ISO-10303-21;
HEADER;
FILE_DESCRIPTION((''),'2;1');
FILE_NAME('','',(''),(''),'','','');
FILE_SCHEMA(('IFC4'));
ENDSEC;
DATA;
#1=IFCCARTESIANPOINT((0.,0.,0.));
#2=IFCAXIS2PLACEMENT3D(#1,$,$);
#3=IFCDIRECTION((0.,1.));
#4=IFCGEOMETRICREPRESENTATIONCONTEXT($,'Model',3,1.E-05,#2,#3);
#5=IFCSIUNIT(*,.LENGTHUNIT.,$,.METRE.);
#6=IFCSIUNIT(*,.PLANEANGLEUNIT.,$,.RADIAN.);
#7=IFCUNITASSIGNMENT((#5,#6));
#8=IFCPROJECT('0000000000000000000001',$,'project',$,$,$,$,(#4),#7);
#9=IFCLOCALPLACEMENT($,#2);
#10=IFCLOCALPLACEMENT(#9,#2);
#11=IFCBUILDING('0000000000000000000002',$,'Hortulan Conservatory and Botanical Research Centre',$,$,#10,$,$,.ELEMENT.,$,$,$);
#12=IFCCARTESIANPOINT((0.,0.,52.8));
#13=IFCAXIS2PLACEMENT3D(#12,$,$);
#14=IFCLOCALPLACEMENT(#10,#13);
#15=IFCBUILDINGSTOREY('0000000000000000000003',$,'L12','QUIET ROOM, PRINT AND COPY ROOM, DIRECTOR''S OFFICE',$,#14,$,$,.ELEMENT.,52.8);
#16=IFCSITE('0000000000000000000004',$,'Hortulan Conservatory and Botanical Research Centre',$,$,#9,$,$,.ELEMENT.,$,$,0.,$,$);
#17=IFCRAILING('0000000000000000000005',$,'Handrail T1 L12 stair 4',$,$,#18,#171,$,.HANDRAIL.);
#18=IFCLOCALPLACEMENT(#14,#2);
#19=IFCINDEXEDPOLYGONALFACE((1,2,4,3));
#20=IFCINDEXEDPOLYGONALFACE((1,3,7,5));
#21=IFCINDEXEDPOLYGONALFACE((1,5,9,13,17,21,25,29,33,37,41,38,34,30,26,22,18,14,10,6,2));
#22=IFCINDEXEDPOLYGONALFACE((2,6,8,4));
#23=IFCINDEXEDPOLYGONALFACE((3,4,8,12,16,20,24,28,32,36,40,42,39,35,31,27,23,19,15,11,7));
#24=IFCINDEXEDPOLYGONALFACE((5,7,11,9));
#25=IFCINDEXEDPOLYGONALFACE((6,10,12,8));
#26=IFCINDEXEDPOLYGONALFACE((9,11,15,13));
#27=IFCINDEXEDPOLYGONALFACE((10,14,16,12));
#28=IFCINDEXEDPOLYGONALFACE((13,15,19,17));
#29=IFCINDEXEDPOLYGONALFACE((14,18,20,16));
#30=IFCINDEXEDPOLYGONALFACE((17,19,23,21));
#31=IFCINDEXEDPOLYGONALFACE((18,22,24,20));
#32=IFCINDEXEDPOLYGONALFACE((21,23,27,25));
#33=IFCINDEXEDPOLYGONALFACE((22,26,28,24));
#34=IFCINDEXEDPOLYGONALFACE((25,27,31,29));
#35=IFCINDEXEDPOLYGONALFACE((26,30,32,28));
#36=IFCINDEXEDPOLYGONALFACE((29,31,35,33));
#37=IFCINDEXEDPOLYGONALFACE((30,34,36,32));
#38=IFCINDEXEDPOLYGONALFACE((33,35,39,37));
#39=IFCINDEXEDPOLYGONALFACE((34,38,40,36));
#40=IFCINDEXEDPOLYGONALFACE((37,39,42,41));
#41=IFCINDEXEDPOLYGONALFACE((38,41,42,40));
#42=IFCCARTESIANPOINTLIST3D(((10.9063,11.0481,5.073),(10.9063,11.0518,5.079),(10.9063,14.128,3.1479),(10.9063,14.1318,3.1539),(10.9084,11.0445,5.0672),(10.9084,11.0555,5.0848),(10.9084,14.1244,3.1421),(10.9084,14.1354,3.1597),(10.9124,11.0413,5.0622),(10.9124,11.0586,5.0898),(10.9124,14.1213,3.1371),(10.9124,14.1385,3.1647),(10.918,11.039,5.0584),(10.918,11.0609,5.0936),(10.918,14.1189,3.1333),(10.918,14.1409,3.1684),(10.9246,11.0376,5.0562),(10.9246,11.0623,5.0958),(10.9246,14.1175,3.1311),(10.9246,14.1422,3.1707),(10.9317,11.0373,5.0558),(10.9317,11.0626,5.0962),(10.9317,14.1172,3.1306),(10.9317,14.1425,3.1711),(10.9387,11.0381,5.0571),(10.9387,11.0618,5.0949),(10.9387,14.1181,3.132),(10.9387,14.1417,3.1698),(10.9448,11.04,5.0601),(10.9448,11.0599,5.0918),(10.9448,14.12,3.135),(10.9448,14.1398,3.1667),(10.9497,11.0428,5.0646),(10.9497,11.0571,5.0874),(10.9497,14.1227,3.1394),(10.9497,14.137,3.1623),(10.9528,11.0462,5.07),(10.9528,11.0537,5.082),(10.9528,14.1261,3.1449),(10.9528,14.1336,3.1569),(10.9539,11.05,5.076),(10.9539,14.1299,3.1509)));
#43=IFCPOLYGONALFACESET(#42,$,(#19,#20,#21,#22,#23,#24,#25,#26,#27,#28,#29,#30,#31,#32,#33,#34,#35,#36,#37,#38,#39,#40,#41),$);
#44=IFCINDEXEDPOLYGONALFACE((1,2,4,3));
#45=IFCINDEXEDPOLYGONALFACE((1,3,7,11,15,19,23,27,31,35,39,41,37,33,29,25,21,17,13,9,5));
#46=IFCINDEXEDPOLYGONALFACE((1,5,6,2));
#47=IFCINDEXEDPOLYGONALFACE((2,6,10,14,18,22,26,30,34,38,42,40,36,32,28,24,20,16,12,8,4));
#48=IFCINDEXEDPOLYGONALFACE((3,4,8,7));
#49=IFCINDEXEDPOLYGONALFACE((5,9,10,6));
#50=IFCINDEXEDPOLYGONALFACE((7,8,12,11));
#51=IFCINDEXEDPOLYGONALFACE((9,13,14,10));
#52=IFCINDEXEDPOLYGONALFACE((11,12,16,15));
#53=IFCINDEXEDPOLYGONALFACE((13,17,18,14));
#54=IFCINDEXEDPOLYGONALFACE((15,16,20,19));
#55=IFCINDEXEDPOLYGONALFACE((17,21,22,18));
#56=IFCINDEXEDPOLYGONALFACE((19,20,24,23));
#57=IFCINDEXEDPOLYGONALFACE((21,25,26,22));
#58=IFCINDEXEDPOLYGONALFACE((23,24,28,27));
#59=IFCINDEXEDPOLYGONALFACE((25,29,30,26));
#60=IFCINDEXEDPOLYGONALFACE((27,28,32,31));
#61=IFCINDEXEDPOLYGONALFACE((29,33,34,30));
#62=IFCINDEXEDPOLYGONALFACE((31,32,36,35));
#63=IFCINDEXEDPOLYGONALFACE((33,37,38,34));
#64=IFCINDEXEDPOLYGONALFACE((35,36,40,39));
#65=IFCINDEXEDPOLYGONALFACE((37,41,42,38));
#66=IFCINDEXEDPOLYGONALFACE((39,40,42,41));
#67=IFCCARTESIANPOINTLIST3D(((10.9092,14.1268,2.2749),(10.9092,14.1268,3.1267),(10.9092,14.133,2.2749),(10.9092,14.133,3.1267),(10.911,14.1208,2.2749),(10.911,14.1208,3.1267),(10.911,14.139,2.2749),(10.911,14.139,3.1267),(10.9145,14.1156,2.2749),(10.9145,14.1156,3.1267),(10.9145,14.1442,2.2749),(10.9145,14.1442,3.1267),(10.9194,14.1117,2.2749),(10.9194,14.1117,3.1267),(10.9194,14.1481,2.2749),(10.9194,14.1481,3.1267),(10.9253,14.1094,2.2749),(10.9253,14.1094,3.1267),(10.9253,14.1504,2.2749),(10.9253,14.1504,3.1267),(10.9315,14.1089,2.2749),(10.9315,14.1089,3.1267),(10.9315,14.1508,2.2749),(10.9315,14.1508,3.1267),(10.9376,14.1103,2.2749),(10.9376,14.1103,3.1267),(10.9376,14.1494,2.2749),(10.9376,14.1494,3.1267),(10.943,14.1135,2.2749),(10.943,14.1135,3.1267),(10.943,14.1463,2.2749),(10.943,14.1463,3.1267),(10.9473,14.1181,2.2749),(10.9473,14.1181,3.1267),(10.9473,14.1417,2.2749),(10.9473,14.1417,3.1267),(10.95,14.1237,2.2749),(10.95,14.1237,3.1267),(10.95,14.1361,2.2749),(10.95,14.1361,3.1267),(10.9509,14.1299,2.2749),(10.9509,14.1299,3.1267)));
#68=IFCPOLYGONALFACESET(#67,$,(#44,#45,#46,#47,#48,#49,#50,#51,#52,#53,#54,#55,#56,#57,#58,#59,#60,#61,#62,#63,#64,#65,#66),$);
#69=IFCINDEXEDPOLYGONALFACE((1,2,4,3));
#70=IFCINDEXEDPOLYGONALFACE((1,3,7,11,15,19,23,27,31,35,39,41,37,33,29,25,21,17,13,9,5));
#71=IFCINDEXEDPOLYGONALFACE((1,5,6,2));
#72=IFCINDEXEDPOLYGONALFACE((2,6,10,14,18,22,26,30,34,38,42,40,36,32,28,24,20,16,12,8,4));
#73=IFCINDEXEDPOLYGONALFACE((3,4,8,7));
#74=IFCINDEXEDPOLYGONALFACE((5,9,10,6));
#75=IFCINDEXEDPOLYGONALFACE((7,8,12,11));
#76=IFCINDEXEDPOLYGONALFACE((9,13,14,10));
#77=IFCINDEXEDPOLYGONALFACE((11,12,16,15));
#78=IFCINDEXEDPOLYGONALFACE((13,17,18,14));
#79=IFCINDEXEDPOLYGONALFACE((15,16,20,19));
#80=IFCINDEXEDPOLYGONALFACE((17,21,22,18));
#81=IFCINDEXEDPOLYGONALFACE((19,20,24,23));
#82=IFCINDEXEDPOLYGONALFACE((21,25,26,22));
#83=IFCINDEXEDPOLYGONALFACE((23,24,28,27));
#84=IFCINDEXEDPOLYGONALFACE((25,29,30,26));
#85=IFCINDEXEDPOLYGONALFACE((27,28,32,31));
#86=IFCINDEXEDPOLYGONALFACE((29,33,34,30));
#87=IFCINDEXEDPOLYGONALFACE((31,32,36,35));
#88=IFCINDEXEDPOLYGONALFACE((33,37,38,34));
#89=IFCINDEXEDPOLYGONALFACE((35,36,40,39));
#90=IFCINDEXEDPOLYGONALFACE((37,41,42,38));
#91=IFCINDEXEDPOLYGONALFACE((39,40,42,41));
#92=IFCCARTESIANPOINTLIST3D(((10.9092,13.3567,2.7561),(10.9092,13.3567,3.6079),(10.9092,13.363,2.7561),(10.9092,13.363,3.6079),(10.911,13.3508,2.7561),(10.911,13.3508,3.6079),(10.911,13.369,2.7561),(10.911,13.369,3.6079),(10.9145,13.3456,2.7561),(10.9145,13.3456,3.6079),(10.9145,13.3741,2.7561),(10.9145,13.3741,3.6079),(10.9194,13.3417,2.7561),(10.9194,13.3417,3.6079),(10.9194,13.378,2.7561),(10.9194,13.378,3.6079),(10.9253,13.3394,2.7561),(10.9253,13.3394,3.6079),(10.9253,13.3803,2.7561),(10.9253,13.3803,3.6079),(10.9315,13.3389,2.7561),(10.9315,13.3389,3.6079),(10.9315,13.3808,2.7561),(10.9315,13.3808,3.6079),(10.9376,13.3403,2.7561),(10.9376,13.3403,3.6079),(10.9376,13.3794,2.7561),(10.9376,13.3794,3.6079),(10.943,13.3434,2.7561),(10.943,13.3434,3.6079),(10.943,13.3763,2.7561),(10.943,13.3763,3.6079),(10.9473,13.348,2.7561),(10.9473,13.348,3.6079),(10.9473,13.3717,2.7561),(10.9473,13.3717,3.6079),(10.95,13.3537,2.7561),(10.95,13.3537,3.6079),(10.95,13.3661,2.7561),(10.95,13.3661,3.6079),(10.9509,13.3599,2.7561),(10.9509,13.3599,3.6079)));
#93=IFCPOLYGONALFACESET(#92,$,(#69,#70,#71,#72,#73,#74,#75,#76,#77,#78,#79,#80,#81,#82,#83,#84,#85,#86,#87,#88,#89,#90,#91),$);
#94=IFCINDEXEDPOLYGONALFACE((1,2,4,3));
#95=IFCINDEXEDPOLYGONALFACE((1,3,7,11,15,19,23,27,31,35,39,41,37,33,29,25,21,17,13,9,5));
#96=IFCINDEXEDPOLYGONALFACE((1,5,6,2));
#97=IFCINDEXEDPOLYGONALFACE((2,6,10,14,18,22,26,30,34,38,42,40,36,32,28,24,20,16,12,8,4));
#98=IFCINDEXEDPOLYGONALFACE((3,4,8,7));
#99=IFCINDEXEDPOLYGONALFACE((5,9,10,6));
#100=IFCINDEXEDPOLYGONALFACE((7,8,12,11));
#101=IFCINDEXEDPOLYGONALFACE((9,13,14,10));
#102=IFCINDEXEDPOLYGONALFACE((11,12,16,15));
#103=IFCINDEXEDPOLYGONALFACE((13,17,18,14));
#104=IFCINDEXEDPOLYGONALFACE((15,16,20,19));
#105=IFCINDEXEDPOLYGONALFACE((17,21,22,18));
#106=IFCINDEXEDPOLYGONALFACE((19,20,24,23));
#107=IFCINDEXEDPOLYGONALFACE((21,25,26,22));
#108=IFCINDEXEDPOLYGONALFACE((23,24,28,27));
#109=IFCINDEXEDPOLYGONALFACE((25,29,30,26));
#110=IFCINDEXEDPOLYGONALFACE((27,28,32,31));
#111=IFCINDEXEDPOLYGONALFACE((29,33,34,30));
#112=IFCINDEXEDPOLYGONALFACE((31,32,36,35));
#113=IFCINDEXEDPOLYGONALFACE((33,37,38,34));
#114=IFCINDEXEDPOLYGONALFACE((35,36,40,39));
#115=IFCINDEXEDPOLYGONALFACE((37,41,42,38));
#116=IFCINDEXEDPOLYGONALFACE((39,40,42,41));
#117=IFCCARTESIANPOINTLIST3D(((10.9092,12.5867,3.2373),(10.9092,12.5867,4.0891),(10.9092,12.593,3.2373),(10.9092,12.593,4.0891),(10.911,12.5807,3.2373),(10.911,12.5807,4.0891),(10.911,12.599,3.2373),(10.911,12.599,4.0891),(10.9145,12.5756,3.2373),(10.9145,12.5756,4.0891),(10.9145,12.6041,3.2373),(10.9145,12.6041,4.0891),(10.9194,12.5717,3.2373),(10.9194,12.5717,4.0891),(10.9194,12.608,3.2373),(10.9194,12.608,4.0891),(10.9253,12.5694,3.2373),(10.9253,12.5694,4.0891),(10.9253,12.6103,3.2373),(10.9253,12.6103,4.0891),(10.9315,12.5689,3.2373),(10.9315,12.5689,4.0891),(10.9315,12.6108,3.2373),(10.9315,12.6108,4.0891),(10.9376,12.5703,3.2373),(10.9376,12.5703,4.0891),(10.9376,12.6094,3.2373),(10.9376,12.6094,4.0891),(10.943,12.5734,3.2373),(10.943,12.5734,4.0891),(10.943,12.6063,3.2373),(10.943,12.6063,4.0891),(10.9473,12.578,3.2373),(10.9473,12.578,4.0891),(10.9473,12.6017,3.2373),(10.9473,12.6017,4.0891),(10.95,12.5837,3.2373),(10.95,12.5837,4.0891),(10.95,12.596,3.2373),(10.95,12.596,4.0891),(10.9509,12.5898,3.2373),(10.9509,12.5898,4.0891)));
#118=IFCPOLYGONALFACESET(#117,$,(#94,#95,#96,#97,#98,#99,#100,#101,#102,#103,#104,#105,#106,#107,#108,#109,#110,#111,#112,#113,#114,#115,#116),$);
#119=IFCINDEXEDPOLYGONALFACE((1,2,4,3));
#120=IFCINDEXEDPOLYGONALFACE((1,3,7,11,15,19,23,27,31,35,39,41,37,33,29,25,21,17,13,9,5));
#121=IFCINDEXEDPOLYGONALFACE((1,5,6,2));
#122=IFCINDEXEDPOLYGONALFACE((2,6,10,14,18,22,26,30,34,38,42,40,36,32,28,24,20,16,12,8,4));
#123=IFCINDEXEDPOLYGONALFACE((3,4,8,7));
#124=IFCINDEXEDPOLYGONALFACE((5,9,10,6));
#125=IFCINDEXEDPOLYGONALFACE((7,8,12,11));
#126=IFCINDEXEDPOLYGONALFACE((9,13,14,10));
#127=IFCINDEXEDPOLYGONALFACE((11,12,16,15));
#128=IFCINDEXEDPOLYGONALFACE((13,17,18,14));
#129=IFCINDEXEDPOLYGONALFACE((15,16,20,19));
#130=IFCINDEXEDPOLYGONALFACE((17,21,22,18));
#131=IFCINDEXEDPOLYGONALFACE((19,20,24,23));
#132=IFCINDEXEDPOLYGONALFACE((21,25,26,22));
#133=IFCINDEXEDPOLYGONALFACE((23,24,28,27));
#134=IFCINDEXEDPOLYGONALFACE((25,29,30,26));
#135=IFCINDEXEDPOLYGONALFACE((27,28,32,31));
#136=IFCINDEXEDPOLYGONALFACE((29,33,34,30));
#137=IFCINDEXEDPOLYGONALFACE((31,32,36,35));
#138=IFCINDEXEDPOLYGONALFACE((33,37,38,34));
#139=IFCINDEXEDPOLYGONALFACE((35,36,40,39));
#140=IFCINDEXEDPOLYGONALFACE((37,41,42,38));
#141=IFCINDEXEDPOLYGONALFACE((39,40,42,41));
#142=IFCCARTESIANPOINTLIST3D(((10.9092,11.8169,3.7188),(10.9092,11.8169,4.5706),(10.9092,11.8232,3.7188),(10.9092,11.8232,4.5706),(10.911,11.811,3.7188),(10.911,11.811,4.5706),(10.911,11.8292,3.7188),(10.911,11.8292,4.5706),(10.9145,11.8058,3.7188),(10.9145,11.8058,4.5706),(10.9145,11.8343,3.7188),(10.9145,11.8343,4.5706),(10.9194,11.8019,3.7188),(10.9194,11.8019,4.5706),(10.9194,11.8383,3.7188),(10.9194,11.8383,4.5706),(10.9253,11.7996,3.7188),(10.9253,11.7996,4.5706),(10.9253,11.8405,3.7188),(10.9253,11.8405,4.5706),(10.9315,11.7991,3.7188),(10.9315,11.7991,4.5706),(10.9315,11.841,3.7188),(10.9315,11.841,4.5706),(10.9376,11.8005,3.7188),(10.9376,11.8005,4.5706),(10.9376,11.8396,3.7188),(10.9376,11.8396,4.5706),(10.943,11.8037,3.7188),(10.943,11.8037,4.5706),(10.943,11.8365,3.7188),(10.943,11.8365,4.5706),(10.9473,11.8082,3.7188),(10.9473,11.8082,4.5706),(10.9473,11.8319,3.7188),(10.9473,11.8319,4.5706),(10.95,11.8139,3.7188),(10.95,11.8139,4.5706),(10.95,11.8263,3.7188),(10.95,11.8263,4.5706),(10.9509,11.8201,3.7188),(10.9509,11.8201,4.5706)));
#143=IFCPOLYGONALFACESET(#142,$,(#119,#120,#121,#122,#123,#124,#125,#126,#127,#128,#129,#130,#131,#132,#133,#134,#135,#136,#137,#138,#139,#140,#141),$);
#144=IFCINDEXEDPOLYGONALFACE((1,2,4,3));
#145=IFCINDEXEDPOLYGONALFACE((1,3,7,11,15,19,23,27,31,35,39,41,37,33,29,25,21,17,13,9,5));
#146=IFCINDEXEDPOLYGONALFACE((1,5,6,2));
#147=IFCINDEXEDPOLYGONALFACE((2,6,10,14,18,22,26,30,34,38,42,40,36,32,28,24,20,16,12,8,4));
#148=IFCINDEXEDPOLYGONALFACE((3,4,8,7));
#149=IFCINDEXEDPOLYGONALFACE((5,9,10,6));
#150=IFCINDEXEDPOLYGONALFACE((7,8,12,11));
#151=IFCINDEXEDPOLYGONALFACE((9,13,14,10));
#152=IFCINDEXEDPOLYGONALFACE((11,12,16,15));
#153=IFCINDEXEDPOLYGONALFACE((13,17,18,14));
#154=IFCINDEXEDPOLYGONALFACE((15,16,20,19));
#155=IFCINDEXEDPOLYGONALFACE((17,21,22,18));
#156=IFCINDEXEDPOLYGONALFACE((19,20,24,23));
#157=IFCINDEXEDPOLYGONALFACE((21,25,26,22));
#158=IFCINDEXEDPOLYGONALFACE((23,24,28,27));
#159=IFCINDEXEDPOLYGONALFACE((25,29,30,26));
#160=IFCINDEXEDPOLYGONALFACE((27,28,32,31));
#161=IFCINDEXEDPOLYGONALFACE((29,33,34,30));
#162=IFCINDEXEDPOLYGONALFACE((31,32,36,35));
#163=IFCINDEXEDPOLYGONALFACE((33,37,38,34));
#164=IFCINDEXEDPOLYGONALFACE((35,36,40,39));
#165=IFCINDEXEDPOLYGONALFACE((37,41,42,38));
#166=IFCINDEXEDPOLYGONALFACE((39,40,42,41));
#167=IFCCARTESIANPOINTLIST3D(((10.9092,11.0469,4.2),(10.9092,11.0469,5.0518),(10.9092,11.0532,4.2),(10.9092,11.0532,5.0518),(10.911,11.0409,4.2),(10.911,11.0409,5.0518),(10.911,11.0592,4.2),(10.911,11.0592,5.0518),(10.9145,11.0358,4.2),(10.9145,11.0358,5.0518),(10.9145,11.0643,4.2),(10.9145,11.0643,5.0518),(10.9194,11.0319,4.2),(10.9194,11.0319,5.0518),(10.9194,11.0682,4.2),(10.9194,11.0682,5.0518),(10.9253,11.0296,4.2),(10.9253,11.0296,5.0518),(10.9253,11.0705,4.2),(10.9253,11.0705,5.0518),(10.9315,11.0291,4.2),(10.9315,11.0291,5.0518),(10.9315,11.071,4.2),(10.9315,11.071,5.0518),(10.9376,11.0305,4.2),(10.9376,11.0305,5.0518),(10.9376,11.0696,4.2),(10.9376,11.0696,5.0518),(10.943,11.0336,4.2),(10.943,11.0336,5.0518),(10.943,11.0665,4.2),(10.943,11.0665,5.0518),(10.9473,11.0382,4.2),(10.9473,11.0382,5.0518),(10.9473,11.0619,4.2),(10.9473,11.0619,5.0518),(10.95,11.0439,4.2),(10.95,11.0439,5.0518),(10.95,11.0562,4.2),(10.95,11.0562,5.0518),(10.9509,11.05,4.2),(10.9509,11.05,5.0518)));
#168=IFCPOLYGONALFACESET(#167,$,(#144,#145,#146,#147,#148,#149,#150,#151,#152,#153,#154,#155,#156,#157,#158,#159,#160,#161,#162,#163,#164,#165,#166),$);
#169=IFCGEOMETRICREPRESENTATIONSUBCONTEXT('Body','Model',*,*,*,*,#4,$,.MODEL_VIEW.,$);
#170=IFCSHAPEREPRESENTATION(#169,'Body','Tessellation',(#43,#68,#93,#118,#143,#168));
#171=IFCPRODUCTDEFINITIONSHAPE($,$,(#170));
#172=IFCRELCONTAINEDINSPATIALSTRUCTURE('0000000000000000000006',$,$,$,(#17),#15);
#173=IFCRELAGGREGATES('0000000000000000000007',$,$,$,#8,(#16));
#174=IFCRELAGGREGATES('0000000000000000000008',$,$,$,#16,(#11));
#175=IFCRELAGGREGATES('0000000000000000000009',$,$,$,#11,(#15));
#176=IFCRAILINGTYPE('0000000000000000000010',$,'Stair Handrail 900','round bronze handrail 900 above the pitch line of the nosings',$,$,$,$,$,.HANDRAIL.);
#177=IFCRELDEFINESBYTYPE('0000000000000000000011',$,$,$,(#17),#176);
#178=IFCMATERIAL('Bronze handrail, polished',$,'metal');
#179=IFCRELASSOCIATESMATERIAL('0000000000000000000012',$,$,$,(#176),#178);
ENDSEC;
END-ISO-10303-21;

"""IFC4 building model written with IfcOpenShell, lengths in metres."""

from ifc_helpers import new_model, si_unit, direction, frame, origin, origin_2d, place, context, subcontext, project, spatial, circle, extrude, material, type_object, element, save


model = new_model("IFC4")

# Units and contexts
model_context = context("Model", 3, precision=1e-05, world=origin(), true_north=direction((0.0, 1.0)))
body_context = subcontext(model_context, "Body", "Model", "MODEL_VIEW")
ifc_project = project(units=[si_unit("LENGTHUNIT", "METRE"), si_unit("PLANEANGLEUNIT", "RADIAN")], contexts=[model_context])

# Site, building, storey
site_placement = place(None, origin())
site = spatial("IfcSite", under=ifc_project, at=site_placement, Name="Hortulan Conservatory and Botanical Research Centre", CompositionType="ELEMENT", RefElevation=0.0)
building_placement = place(site_placement, origin())
building = spatial("IfcBuilding", under=site, at=building_placement, Name="Hortulan Conservatory and Botanical Research Centre", CompositionType="ELEMENT")
storey_placement = place(building_placement, frame((0.0, 0.0, 52.8)))
storey = spatial("IfcBuildingStorey", under=building, at=storey_placement, Name="L12", Description="QUIET ROOM, PRINT AND COPY ROOM, DIRECTOR'S OFFICE", CompositionType="ELEMENT", Elevation=52.8)

# Railing
ifc_material_1 = material(Name="Bronze handrail, polished", Category="metal")
railing_type_1 = type_object("IfcRailingType", Name="Stair Handrail 900", Description="round bronze handrail 900 above the pitch line of the nosings", PredefinedType="HANDRAIL", material=ifc_material_1)
railing_1_placement = place(storey_placement, frame((10.9299, 14.1299, 2.2749)))
element("IfcRailing", 1, at=railing_1_placement, inside=storey, type_object=railing_type_1, Name="Handrail T1 L12 stair 4", PredefinedType="HANDRAIL", context=body_context, shape_type="SweptSolid", body=[
    extrude(circle(Radius=0.0239, at=origin_2d()), frame((0.0, 0.0, 0.876), z_axis=(0.0, -0.847979, 0.530029), x_axis=(1.0, 0.0, 0.0)), (0.0, 0.0, 1.0), 3.6321),
    extrude(circle(Radius=0.021, at=origin_2d()), origin(), (0.0, 0.0, 1.0), 0.8518),
    extrude(circle(Radius=0.021, at=origin_2d()), frame((0.0, -0.77, 0.4812)), (0.0, 0.0, 1.0), 0.8518),
    extrude(circle(Radius=0.021, at=origin_2d()), frame((0.0, -1.54, 0.9624)), (0.0, 0.0, 1.0), 0.8518),
    extrude(circle(Radius=0.021, at=origin_2d()), frame((0.0, -2.3098, 1.4438)), (0.0, 0.0, 1.0), 0.8518),
    extrude(circle(Radius=0.021, at=origin_2d()), frame((0.0, -3.0798, 1.925)), (0.0, 0.0, 1.0), 0.8518),
])

save(model, "model.ifc")
